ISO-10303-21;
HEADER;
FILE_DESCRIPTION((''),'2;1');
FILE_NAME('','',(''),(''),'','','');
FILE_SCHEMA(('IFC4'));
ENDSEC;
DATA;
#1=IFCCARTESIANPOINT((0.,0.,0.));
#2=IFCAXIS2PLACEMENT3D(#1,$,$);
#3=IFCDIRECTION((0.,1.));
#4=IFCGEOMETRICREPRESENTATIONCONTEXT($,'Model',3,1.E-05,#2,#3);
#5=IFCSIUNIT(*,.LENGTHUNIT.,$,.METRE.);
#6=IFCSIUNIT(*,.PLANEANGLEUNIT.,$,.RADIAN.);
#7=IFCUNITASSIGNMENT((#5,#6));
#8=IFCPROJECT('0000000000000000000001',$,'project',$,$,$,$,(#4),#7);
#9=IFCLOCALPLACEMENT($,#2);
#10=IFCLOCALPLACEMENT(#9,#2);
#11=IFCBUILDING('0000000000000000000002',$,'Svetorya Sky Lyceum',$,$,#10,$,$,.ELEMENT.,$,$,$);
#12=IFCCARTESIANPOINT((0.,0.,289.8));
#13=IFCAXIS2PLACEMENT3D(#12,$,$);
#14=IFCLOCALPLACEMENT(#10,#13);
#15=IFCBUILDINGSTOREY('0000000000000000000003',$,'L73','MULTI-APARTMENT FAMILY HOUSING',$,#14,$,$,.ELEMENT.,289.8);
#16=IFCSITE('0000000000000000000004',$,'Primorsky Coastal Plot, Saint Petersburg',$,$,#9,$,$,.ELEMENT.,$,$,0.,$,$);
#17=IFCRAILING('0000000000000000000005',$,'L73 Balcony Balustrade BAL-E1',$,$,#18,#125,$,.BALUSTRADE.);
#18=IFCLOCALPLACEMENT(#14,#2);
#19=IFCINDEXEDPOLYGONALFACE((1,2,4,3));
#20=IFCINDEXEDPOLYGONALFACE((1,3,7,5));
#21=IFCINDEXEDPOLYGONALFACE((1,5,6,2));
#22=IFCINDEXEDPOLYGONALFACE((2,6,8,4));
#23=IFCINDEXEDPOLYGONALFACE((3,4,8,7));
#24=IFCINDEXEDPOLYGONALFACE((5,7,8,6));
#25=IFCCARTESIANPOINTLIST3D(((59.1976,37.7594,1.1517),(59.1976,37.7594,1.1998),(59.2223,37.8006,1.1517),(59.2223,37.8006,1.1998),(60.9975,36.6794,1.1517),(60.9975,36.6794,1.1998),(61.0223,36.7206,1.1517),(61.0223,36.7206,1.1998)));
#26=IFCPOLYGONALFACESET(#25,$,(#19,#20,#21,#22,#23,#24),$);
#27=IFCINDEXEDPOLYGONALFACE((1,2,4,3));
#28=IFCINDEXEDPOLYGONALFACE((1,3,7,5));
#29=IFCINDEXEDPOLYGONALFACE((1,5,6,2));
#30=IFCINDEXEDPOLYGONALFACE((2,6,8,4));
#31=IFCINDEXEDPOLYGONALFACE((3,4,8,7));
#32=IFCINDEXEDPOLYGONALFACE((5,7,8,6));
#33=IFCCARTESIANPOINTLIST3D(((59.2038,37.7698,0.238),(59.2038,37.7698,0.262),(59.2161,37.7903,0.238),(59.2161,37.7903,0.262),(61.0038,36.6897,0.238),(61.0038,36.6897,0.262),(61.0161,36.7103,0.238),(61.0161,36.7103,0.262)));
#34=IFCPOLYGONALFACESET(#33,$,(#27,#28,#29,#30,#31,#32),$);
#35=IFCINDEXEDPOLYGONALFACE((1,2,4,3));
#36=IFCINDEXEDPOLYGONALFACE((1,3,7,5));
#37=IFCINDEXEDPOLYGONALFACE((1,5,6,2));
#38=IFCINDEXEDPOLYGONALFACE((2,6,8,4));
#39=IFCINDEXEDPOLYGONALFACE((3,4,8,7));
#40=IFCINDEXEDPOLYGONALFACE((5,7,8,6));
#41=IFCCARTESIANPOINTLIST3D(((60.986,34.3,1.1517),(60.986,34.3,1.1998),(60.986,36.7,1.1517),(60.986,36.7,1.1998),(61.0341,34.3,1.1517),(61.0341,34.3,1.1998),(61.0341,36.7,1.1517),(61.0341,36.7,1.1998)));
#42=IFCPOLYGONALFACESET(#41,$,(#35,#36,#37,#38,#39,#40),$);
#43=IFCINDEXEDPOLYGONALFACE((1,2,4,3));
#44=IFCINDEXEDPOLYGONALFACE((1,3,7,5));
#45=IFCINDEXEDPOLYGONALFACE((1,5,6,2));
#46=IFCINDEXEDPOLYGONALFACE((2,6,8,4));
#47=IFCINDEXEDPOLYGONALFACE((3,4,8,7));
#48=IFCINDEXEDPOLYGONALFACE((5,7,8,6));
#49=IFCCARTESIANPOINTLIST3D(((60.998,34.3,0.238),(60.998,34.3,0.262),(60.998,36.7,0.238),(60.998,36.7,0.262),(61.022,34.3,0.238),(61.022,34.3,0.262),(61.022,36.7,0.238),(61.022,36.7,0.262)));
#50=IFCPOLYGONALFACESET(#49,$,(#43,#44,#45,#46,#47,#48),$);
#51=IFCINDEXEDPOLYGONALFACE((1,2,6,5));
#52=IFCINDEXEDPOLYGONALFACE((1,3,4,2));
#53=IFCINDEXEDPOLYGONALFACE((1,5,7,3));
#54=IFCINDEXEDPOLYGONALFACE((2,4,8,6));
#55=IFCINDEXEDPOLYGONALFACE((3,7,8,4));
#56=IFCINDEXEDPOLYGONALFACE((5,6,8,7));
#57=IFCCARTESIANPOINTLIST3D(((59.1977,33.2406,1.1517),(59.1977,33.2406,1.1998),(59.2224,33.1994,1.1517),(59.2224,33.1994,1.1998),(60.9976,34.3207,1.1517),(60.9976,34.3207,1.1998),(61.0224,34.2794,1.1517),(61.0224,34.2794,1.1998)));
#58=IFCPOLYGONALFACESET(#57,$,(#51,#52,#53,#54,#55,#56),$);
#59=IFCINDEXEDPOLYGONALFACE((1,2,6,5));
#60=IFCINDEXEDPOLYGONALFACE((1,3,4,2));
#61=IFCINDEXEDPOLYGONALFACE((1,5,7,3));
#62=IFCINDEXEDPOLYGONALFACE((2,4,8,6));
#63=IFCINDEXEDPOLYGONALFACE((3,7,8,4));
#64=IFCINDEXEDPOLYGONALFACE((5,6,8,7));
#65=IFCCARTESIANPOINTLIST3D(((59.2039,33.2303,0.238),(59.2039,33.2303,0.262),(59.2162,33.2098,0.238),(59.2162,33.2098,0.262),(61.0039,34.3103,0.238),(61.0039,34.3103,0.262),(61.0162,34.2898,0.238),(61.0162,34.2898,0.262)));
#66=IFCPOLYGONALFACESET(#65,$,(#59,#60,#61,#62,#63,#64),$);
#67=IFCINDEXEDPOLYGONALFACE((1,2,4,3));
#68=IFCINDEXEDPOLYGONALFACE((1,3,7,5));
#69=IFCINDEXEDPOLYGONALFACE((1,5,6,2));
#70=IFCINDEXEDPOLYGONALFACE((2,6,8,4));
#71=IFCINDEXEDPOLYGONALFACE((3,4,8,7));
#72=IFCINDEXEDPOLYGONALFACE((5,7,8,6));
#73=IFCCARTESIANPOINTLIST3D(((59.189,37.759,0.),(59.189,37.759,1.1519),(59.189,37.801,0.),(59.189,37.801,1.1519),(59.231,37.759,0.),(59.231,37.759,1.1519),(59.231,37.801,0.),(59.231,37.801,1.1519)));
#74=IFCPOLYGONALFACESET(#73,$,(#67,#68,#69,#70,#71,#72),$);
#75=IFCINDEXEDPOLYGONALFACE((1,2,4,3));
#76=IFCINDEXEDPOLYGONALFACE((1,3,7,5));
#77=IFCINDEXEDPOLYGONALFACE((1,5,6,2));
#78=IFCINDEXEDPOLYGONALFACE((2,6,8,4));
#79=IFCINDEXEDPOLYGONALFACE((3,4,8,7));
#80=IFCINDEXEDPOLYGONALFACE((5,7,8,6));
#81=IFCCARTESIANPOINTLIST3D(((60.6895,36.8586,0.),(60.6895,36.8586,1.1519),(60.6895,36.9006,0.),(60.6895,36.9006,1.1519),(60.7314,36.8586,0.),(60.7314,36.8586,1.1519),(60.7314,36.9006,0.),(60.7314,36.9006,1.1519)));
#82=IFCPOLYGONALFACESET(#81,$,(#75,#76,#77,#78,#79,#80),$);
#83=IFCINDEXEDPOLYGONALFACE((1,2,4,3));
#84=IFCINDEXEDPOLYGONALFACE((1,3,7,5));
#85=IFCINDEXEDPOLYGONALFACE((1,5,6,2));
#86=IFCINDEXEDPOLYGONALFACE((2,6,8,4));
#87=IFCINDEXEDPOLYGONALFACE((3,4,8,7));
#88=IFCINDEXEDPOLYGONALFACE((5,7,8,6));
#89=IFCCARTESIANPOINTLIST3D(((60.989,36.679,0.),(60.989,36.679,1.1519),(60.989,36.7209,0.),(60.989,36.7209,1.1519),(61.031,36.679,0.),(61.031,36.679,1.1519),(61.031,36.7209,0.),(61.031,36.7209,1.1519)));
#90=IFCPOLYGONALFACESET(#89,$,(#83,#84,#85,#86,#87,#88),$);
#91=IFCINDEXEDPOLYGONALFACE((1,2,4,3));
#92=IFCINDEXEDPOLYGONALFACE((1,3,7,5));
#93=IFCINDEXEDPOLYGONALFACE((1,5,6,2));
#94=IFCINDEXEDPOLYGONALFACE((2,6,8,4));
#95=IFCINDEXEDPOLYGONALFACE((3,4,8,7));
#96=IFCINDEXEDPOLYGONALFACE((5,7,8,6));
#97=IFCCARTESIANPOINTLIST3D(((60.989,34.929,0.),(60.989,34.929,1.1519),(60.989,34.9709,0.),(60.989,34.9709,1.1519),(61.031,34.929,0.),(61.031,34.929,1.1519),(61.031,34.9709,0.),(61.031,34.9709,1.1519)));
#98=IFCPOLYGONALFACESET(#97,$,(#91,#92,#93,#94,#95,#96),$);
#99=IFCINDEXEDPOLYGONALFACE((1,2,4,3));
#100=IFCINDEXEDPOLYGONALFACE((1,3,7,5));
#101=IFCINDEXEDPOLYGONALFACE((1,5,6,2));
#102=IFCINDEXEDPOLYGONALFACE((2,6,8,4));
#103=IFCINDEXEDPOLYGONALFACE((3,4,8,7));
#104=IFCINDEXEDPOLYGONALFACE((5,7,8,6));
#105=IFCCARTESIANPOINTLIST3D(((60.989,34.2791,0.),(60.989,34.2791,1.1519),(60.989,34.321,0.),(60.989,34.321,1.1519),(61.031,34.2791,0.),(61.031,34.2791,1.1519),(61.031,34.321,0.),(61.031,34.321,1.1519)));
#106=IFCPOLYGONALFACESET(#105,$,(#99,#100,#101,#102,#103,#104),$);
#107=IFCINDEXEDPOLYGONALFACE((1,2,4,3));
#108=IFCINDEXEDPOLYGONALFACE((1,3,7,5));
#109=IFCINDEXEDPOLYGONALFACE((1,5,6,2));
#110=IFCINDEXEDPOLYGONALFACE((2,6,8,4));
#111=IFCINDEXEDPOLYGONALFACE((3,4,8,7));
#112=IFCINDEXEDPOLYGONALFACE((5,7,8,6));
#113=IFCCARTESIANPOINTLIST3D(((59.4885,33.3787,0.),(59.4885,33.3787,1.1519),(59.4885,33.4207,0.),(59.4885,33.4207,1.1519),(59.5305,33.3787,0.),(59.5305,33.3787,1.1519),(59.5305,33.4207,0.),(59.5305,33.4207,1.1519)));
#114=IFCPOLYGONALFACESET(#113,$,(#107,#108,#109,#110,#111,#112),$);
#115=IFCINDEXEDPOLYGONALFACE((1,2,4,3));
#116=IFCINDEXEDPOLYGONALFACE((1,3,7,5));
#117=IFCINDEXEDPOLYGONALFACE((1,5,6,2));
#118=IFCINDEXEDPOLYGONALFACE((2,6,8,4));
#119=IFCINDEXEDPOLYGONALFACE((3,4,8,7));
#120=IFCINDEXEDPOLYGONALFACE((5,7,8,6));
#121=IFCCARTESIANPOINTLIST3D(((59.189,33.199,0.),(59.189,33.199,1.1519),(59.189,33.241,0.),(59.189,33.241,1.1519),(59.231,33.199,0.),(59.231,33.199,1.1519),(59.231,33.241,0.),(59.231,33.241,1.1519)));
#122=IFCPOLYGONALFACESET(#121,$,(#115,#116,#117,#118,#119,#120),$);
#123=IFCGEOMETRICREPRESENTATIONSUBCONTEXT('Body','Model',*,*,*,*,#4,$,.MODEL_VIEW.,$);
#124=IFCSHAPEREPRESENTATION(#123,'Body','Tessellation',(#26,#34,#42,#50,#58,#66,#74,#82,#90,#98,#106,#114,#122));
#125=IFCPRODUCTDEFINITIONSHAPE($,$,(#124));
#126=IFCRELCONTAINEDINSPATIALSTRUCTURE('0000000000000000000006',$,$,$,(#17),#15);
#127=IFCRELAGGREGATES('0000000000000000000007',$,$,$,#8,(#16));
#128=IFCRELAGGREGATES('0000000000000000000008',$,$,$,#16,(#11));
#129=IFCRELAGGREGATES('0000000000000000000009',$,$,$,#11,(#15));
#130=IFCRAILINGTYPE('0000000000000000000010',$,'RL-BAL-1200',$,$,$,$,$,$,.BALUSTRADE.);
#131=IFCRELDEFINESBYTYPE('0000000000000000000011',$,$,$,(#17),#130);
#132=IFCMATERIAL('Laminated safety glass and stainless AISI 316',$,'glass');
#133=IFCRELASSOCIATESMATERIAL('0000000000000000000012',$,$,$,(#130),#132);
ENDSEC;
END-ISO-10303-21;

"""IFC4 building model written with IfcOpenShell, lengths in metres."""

from ifc_helpers import new_model, si_unit, direction, frame, origin, origin_2d, place, context, subcontext, project, spatial, rectangle, extrude, material, type_object, element, save


model = new_model("IFC4")

# Units and contexts
model_context = context("Model", 3, precision=1e-05, world=origin(), true_north=direction((0.0, 1.0)))
body_context = subcontext(model_context, "Body", "Model", "MODEL_VIEW")
ifc_project = project(units=[si_unit("LENGTHUNIT", "METRE"), si_unit("PLANEANGLEUNIT", "RADIAN")], contexts=[model_context])

# Site, building, storey
site_placement = place(None, origin())
site = spatial("IfcSite", under=ifc_project, at=site_placement, Name="Primorsky Coastal Plot, Saint Petersburg", CompositionType="ELEMENT", RefElevation=0.0)
building_placement = place(site_placement, origin())
building = spatial("IfcBuilding", under=site, at=building_placement, Name="Svetorya Sky Lyceum", CompositionType="ELEMENT")
storey_placement = place(building_placement, frame((0.0, 0.0, 289.8)))
storey = spatial("IfcBuildingStorey", under=building, at=storey_placement, Name="L73", Description="MULTI-APARTMENT FAMILY HOUSING", CompositionType="ELEMENT", Elevation=289.8)

# Railing
ifc_material_1 = material(Name="Laminated safety glass and stainless AISI 316", Category="glass")
railing_type = type_object("IfcRailingType", Name="RL-BAL-1200", PredefinedType="BALUSTRADE", material=ifc_material_1)
railing_placement = place(storey_placement, frame((59.21, 37.78, 0.0)))
element("IfcRailing", 1, at=railing_placement, inside=storey, type_object=railing_type, Name="L73 Balcony Balustrade BAL-E1", PredefinedType="BALUSTRADE", context=body_context, shape_type="SweptSolid", body=[
    extrude(rectangle(XDim=0.0481, YDim=0.0481, at=origin_2d()), frame((0.0, 0.0, 1.1758), z_axis=(0.857483, -0.514513, 0.0), x_axis=(0.514513, 0.857483, 0.0)), (0.0, 0.0, 1.0), 2.0991),
    extrude(rectangle(XDim=0.0239, YDim=0.0239, at=origin_2d()), frame((0.0, 0.0, 0.25), z_axis=(0.857483, -0.514513, 0.0), x_axis=(0.514513, 0.857483, 0.0)), (0.0, 0.0, 1.0), 2.0991),
    extrude(rectangle(XDim=0.0481, YDim=0.0481, at=origin_2d()), frame((1.8, -1.0801, 1.1758), z_axis=(0.0, -1.0, 0.0), x_axis=(1.0, 0.0, 0.0)), (0.0, 0.0, 1.0), 2.3999),
    extrude(rectangle(XDim=0.0239, YDim=0.0239, at=origin_2d()), frame((1.8, -1.0801, 0.25), z_axis=(0.0, -1.0, 0.0), x_axis=(1.0, 0.0, 0.0)), (0.0, 0.0, 1.0), 2.3999),
    extrude(rectangle(XDim=0.0481, YDim=0.0481, at=origin_2d()), frame((1.8, -3.48, 1.1758), z_axis=(-0.857483, -0.514513, 0.0), x_axis=(0.514513, -0.857483, 0.0)), (0.0, 0.0, 1.0), 2.0991),
    extrude(rectangle(XDim=0.0239, YDim=0.0239, at=origin_2d()), frame((1.8, -3.48, 0.25), z_axis=(-0.857483, -0.514513, 0.0), x_axis=(0.514513, -0.857483, 0.0)), (0.0, 0.0, 1.0), 2.0991),
    extrude(rectangle(XDim=0.042, YDim=0.042, at=origin_2d()), origin(), (0.0, 0.0, 1.0), 1.1519),
    extrude(rectangle(XDim=0.042, YDim=0.042, at=origin_2d()), frame((1.5005, -0.9004, 0.0)), (0.0, 0.0, 1.0), 1.1519),
    extrude(rectangle(XDim=0.042, YDim=0.042, at=origin_2d()), frame((1.8, -1.0801, 0.0)), (0.0, 0.0, 1.0), 1.1519),
    extrude(rectangle(XDim=0.042, YDim=0.042, at=origin_2d()), frame((1.8, -2.8301, 0.0)), (0.0, 0.0, 1.0), 1.1519),
    extrude(rectangle(XDim=0.042, YDim=0.042, at=origin_2d()), frame((1.8, -3.48, 0.0)), (0.0, 0.0, 1.0), 1.1519),
    extrude(rectangle(XDim=0.042, YDim=0.042, at=origin_2d()), frame((0.2996, -4.3804, 0.0)), (0.0, 0.0, 1.0), 1.1519),
    extrude(rectangle(XDim=0.042, YDim=0.042, at=origin_2d()), frame((0.0, -4.5601, 0.0)), (0.0, 0.0, 1.0), 1.1519),
])

save(model, "model.ifc")
